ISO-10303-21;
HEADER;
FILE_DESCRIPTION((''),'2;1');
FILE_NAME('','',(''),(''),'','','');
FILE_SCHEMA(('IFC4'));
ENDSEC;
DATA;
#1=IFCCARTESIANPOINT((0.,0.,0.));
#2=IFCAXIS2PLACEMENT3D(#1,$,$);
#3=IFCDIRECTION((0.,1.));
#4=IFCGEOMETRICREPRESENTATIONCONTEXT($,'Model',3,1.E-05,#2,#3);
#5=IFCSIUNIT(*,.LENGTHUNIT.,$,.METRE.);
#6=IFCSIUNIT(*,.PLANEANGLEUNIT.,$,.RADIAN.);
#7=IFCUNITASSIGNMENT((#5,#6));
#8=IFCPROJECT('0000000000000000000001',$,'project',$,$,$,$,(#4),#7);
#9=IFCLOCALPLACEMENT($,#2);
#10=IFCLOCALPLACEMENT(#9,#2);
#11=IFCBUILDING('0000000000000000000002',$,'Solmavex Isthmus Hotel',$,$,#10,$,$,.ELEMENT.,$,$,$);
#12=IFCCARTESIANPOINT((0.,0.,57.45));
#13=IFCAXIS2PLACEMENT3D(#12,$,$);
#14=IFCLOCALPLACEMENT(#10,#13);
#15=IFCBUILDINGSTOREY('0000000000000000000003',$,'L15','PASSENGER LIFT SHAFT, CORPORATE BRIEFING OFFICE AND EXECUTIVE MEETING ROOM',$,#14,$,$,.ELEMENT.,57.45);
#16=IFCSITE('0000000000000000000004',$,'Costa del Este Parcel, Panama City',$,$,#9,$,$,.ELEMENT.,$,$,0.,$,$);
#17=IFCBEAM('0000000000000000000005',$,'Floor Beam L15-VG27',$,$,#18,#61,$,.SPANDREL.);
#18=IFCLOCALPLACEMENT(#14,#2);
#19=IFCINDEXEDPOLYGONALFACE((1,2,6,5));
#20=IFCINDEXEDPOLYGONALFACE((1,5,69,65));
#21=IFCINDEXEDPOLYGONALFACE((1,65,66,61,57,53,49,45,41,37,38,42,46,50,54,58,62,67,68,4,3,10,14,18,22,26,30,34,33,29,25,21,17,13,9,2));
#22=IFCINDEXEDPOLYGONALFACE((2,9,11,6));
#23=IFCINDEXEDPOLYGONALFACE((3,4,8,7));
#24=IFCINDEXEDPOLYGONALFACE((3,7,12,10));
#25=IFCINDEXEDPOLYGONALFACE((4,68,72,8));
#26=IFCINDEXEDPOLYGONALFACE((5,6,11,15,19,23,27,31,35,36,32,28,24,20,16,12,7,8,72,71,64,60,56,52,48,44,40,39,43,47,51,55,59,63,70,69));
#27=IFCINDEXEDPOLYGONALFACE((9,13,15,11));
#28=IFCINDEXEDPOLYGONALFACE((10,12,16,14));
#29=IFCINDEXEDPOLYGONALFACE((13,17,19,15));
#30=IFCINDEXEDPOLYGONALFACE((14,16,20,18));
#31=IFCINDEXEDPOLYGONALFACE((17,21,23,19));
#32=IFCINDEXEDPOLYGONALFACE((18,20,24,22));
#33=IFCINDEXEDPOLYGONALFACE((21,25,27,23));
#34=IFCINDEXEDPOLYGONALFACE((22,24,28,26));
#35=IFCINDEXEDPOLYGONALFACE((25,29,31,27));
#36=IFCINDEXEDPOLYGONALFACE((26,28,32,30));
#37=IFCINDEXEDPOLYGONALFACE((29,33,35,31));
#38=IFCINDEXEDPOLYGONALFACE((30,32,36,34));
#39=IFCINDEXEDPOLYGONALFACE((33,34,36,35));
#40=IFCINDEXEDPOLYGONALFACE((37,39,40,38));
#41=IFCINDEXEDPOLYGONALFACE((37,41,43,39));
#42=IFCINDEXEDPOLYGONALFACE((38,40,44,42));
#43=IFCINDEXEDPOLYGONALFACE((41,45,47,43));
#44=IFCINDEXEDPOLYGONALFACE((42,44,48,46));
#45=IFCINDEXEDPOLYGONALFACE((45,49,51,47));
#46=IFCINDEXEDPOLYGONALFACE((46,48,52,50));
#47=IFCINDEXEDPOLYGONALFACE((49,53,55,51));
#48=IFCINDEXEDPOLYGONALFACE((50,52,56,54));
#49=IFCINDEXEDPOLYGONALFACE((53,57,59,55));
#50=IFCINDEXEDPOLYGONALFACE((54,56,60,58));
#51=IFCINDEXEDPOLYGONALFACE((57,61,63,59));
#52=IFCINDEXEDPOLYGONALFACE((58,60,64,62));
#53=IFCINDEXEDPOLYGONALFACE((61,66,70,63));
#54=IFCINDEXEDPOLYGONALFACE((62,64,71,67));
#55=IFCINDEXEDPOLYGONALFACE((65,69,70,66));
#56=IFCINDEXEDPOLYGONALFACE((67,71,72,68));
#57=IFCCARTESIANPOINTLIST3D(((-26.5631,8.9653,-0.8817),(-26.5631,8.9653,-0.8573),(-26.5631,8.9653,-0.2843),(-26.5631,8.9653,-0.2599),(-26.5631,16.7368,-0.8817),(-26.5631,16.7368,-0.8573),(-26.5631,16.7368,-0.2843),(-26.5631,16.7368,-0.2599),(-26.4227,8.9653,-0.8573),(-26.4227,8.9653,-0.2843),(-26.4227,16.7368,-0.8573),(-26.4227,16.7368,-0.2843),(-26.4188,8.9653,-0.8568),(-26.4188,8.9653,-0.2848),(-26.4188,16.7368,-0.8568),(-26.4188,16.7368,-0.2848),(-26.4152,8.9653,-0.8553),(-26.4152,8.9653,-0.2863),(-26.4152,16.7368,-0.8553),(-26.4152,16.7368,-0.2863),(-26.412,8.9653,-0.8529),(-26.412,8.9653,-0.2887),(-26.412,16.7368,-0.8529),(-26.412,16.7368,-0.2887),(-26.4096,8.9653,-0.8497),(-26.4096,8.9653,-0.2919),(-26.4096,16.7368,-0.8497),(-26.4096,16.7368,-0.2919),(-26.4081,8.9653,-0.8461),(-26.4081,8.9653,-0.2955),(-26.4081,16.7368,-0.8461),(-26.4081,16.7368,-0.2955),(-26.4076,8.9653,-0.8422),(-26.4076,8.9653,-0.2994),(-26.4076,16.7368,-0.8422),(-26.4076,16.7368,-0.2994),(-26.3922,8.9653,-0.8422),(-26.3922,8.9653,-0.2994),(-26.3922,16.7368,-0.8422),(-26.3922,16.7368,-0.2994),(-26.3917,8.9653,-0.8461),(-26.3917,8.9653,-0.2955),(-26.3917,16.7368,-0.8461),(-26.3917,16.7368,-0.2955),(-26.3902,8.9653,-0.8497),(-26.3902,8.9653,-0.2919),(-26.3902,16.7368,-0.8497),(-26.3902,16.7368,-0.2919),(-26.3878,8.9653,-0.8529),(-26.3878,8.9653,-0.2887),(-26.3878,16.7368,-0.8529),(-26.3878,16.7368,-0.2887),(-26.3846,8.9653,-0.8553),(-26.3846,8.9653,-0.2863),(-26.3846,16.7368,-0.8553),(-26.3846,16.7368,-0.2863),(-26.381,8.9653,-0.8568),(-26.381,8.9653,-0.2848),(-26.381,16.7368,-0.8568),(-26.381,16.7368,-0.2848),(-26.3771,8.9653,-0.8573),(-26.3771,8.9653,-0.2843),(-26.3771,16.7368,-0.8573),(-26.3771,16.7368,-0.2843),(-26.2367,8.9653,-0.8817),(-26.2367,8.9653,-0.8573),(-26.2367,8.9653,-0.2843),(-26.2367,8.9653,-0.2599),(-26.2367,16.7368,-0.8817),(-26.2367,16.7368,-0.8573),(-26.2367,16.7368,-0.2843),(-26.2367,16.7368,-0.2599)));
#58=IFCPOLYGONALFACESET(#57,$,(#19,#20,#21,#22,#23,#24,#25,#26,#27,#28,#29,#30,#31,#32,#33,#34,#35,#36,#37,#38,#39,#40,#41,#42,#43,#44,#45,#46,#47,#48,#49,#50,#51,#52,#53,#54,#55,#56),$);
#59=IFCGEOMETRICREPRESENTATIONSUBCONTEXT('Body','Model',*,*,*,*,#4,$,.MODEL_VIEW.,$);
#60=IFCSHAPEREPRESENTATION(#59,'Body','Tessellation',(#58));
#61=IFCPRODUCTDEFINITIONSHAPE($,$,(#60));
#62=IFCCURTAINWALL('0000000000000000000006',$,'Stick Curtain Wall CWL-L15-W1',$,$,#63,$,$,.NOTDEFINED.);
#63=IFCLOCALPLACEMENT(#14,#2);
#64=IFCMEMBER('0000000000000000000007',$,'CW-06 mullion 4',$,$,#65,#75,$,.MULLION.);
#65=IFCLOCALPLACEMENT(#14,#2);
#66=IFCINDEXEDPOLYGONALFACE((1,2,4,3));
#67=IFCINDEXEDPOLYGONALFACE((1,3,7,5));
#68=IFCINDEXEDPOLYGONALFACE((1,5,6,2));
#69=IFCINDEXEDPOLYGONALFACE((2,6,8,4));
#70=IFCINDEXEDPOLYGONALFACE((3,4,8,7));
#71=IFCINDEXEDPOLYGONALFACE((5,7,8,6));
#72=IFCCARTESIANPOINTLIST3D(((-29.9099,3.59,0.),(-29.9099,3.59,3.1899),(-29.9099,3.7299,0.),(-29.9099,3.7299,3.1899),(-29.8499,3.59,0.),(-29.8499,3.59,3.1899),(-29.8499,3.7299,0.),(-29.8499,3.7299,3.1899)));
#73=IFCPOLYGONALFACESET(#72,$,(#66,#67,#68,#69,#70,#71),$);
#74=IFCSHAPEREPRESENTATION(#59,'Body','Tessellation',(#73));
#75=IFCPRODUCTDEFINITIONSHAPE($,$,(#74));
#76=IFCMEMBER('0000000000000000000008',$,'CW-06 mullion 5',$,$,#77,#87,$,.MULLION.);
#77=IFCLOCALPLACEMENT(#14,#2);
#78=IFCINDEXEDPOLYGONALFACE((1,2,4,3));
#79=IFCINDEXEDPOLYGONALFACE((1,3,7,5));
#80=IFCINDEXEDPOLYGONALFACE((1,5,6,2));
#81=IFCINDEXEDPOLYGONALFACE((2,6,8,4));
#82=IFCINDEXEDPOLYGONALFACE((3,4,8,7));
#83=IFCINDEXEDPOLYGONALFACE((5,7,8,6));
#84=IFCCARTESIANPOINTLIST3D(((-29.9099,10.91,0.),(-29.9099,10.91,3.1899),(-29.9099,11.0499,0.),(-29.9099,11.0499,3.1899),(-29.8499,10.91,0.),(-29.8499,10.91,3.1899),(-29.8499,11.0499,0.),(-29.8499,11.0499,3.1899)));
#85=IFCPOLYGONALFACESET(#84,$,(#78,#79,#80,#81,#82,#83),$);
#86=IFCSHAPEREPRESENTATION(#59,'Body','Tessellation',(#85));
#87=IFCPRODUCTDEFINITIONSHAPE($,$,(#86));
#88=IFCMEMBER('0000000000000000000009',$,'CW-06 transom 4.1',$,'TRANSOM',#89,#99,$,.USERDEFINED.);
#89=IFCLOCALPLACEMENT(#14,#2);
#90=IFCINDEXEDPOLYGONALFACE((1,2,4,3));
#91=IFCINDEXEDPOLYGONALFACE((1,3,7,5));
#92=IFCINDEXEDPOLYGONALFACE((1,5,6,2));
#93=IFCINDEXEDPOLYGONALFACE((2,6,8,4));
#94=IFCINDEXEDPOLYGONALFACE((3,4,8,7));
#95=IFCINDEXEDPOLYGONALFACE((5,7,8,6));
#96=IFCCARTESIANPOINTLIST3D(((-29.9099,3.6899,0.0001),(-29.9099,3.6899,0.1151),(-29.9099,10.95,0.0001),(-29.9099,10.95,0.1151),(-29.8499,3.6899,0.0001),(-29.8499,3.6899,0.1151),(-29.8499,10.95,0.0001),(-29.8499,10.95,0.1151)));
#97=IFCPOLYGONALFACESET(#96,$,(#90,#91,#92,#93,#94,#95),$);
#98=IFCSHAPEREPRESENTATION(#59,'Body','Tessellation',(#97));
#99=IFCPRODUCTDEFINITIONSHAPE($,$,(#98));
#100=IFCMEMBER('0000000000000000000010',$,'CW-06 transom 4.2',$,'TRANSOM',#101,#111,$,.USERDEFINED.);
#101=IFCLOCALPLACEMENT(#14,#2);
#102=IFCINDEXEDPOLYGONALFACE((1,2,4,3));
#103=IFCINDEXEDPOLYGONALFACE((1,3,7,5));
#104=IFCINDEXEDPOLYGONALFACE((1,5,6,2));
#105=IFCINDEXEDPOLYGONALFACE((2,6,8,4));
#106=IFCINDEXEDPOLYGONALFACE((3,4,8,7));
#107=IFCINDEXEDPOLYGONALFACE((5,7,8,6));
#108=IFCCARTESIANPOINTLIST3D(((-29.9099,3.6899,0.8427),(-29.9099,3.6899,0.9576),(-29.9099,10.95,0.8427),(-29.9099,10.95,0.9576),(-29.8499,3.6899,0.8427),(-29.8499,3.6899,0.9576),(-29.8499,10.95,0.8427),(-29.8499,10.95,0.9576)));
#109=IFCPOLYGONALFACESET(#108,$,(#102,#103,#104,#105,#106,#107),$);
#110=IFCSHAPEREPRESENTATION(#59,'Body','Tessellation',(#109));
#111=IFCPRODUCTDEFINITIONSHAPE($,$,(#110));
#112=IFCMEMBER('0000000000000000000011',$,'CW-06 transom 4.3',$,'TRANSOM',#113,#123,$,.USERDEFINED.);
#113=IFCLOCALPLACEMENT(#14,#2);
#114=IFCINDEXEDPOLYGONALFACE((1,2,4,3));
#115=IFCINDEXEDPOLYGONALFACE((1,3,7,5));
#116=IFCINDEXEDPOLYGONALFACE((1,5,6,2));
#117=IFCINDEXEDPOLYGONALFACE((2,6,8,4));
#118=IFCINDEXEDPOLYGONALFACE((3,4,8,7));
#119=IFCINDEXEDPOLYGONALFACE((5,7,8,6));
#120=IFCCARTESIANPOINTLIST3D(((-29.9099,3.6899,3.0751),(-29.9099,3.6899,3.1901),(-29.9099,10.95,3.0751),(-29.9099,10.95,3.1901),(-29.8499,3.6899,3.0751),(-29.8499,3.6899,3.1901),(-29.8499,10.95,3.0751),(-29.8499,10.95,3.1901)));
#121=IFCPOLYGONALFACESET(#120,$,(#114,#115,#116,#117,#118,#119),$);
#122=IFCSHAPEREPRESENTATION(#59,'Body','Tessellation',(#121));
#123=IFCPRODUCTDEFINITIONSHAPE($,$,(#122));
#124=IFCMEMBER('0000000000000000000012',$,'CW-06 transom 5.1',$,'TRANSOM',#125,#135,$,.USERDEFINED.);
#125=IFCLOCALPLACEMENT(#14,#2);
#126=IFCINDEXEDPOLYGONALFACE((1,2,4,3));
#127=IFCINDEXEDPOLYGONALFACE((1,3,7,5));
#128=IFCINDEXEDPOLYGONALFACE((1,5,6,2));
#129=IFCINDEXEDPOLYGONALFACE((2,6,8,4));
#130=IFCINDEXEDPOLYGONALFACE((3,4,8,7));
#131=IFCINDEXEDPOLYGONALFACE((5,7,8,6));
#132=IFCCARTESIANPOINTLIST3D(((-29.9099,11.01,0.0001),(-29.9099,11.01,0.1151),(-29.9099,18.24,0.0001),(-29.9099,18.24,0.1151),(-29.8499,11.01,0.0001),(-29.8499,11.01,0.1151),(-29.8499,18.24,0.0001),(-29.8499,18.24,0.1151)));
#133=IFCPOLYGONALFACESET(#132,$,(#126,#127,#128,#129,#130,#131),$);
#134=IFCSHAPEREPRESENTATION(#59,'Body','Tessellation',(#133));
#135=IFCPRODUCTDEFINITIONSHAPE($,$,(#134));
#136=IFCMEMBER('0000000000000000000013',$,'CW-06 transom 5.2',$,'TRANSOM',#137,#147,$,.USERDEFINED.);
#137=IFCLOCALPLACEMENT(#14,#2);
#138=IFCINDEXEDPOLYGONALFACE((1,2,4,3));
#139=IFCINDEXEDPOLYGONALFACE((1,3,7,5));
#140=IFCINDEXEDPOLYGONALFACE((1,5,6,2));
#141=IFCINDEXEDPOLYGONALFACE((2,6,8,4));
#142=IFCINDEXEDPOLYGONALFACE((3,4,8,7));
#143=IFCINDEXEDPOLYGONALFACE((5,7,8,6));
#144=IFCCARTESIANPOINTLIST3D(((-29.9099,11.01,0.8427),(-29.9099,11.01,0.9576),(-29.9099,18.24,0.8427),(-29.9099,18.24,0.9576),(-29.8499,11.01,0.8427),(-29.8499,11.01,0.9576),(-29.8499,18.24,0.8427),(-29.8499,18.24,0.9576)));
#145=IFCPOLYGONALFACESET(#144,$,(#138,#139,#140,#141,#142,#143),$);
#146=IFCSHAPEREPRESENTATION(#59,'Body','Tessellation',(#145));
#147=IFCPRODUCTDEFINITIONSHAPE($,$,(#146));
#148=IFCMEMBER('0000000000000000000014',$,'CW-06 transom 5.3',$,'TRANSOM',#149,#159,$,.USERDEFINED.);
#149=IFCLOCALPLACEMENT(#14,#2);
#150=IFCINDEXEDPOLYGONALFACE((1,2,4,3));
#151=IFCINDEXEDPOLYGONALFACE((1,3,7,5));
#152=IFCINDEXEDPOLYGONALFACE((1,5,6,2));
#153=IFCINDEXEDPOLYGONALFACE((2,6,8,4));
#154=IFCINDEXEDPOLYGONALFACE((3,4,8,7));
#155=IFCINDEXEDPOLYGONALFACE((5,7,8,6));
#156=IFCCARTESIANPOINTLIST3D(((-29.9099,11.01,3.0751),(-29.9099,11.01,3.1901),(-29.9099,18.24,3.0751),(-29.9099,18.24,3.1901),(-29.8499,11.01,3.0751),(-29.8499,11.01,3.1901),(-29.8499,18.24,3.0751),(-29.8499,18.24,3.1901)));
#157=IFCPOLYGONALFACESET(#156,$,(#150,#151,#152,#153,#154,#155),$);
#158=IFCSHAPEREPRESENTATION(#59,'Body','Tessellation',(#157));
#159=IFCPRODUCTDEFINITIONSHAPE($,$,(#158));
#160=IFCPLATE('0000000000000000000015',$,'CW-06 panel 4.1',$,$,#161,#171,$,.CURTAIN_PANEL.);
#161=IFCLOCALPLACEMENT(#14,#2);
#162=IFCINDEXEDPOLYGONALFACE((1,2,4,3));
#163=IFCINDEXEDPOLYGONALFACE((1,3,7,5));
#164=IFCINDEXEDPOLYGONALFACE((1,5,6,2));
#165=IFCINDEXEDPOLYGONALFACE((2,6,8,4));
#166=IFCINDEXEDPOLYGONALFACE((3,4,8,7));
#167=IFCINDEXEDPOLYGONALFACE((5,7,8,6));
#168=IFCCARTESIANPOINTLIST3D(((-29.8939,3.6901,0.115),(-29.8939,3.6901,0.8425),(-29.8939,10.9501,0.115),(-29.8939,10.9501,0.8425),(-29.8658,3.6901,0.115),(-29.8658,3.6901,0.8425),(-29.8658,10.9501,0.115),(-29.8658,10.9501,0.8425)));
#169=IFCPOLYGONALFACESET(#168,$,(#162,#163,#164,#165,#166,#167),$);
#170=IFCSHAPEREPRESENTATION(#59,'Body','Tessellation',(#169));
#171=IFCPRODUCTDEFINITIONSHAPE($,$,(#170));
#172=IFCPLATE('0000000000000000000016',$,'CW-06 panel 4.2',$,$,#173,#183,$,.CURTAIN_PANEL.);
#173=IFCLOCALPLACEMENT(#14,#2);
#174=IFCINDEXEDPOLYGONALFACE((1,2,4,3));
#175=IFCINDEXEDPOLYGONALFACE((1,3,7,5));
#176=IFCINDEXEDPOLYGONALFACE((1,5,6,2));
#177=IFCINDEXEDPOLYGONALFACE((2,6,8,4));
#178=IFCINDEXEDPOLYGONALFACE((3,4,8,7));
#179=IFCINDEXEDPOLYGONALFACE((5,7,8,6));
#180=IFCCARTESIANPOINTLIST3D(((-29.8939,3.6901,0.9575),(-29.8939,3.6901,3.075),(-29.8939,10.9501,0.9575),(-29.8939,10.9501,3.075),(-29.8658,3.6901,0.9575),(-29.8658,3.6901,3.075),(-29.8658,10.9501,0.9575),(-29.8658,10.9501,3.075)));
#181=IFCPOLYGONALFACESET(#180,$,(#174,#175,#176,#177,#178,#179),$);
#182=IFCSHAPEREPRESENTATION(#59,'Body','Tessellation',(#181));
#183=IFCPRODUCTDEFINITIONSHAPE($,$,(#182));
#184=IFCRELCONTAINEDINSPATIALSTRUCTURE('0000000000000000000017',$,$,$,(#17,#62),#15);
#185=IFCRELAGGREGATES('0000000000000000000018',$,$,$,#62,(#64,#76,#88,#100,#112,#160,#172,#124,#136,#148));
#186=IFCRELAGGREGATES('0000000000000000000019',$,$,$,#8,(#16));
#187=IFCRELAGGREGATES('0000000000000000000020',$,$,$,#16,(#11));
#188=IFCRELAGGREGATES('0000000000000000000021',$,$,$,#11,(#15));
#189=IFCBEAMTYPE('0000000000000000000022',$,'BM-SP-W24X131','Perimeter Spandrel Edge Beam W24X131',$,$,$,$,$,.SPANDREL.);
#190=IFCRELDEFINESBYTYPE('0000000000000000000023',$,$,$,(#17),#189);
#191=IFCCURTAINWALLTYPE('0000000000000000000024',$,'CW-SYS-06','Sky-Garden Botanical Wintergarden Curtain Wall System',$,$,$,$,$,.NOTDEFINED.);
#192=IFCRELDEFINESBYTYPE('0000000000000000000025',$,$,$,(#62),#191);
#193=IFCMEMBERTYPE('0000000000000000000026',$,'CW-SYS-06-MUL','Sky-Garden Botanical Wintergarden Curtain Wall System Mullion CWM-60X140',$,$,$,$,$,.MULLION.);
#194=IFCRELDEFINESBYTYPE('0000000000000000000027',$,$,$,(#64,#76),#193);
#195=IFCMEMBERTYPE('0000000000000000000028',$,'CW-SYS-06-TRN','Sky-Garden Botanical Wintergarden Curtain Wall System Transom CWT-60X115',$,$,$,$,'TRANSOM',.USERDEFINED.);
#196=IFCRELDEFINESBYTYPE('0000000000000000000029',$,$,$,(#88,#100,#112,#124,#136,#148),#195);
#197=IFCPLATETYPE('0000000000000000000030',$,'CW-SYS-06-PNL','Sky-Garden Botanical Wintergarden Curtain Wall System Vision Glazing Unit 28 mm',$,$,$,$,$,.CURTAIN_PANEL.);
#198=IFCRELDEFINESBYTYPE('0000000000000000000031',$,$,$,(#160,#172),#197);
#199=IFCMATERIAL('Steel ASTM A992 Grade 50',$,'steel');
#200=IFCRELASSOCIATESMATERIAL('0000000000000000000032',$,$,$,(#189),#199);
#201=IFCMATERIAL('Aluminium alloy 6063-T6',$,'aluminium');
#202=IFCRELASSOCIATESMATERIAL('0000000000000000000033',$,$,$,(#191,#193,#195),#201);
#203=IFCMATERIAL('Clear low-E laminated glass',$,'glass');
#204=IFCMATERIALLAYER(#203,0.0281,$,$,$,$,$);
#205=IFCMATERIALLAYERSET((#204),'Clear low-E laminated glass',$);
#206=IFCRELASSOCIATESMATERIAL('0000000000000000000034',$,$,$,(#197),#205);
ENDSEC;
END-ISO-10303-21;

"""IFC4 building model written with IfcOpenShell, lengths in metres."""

from ifc_helpers import new_model, si_unit, direction, frame, origin, origin_2d, place, context, subcontext, project, spatial, rectangle, i_section, extrude, material, layer, layer_set, material_profile, profile_set, type_object, element, aggregate, save


model = new_model("IFC4")

# Units and contexts
model_context = context("Model", 3, precision=1e-05, world=origin(), true_north=direction((0.0, 1.0)))
body_context = subcontext(model_context, "Body", "Model", "MODEL_VIEW")
ifc_project = project(units=[si_unit("LENGTHUNIT", "METRE"), si_unit("PLANEANGLEUNIT", "RADIAN")], contexts=[model_context])

# Site, building, storey
site_placement = place(None, origin())
site = spatial("IfcSite", under=ifc_project, at=site_placement, Name="Costa del Este Parcel, Panama City", CompositionType="ELEMENT", RefElevation=0.0)
building_placement = place(site_placement, origin())
building = spatial("IfcBuilding", under=site, at=building_placement, Name="Solmavex Isthmus Hotel", CompositionType="ELEMENT")
storey_placement = place(building_placement, frame((0.0, 0.0, 57.45)))
storey = spatial("IfcBuildingStorey", under=building, at=storey_placement, Name="L15", Description="PASSENGER LIFT SHAFT, CORPORATE BRIEFING OFFICE AND EXECUTIVE MEETING ROOM", CompositionType="ELEMENT", Elevation=57.45)

# Beam
ifc_material_1 = material(Name="Steel ASTM A992 Grade 50", Category="steel")
ifc_material_profile_1 = material_profile(ifc_material_1, i_section(OverallWidth=0.3264, OverallDepth=0.6218, WebThickness=0.0154, FlangeThickness=0.0244, FilletRadius=0.0151, at=origin_2d()), Name="W24X131")
ifc_profile_set_1 = profile_set([ifc_material_profile_1], Name="Steel ASTM A992 Grade 50")
beam_type_1 = type_object("IfcBeamType", Name="BM-SP-W24X131", Description="Perimeter Spandrel Edge Beam W24X131", PredefinedType="SPANDREL", material=ifc_profile_set_1)
beam_1_placement = place(storey_placement, frame((-26.3999, 8.9653, -0.5708), z_axis=(0.0, 1.0, 0.0), x_axis=(-1.0, 0.0, 0.0)))
element("IfcBeam", 1, at=beam_1_placement, inside=storey, type_object=beam_type_1, Name="Floor Beam L15-VG27", PredefinedType="SPANDREL", context=body_context, shape_type="SweptSolid", body=[
    extrude(i_section(OverallWidth=0.3264, OverallDepth=0.6218, WebThickness=0.0154, FlangeThickness=0.0244, FilletRadius=0.0151, at=origin_2d()), origin(), (0.0, 0.0, 1.0), 7.7715),
])

# Curtain wall, members, plates
ifc_material_2 = material(Name="Aluminium alloy 6063-T6", Category="aluminium")
curtain_wall_type = type_object("IfcCurtainWallType", Name="CW-SYS-06", Description="Sky-Garden Botanical Wintergarden Curtain Wall System", PredefinedType="NOTDEFINED", material=ifc_material_2)
curtain_wall_placement = place(storey_placement, origin())
curtain_wall = element("IfcCurtainWall", 2, at=curtain_wall_placement, inside=storey, type_object=curtain_wall_type, Name="Stick Curtain Wall CWL-L15-W1", PredefinedType="NOTDEFINED")
ifc_material_profile_2 = material_profile(ifc_material_2, rectangle(XDim=0.0601, YDim=0.1399, at=origin_2d()), Name="CWM-60X140")
ifc_profile_set_2 = profile_set([ifc_material_profile_2], Name="Aluminium alloy 6063-T6")
member_type_1 = type_object("IfcMemberType", Name="CW-SYS-06-MUL", Description="Sky-Garden Botanical Wintergarden Curtain Wall System Mullion CWM-60X140", PredefinedType="MULLION", material=ifc_profile_set_2)
member_1_placement = place(storey_placement, frame((-29.8799, 3.6599, 0.0), z_axis=(0.0, 0.0, 1.0), x_axis=(-1.0, 0.0, 0.0)))
member_1 = element("IfcMember", 3, at=member_1_placement, type_object=member_type_1, Name="CW-06 mullion 4", PredefinedType="MULLION", context=body_context, shape_type="SweptSolid", body=[
    extrude(rectangle(XDim=0.0601, YDim=0.1399, at=origin_2d()), origin(), (0.0, 0.0, 1.0), 3.1899),
])
member_2_placement = place(storey_placement, frame((-29.8799, 10.98, 0.0), z_axis=(0.0, 0.0, 1.0), x_axis=(-1.0, 0.0, 0.0)))
member_2 = element("IfcMember", 4, at=member_2_placement, type_object=member_type_1, Name="CW-06 mullion 5", PredefinedType="MULLION", context=body_context, shape_type="SweptSolid", body=[
    extrude(rectangle(XDim=0.0601, YDim=0.1399, at=origin_2d()), origin(), (0.0, 0.0, 1.0), 3.1899),
])
ifc_material_profile_3 = material_profile(ifc_material_2, rectangle(XDim=0.0601, YDim=0.115, at=origin_2d()), Name="CWT-60X115")
ifc_profile_set_3 = profile_set([ifc_material_profile_3], Name="Aluminium alloy 6063-T6")
member_type_2 = type_object("IfcMemberType", Name="CW-SYS-06-TRN", Description="Sky-Garden Botanical Wintergarden Curtain Wall System Transom CWT-60X115", ElementType="TRANSOM", PredefinedType="USERDEFINED", material=ifc_profile_set_3)
member_3_placement = place(storey_placement, frame((-29.8799, 3.6899, 0.0576), z_axis=(0.0, 1.0, 0.0), x_axis=(-1.0, 0.0, 0.0)))
member_3 = element("IfcMember", 5, at=member_3_placement, type_object=member_type_2, Name="CW-06 transom 4.1", ObjectType="TRANSOM", PredefinedType="USERDEFINED", context=body_context, shape_type="SweptSolid", body=[
    extrude(rectangle(XDim=0.0601, YDim=0.115, at=origin_2d()), origin(), (0.0, 0.0, 1.0), 7.26),
])
member_4_placement = place(storey_placement, frame((-29.8799, 3.6899, 0.9001), z_axis=(0.0, 1.0, 0.0), x_axis=(-1.0, 0.0, 0.0)))
member_4 = element("IfcMember", 6, at=member_4_placement, type_object=member_type_2, Name="CW-06 transom 4.2", ObjectType="TRANSOM", PredefinedType="USERDEFINED", context=body_context, shape_type="SweptSolid", body=[
    extrude(rectangle(XDim=0.0601, YDim=0.115, at=origin_2d()), origin(), (0.0, 0.0, 1.0), 7.26),
])
member_5_placement = place(storey_placement, frame((-29.8799, 3.6899, 3.1326), z_axis=(0.0, 1.0, 0.0), x_axis=(-1.0, 0.0, 0.0)))
member_5 = element("IfcMember", 7, at=member_5_placement, type_object=member_type_2, Name="CW-06 transom 4.3", ObjectType="TRANSOM", PredefinedType="USERDEFINED", context=body_context, shape_type="SweptSolid", body=[
    extrude(rectangle(XDim=0.0601, YDim=0.115, at=origin_2d()), origin(), (0.0, 0.0, 1.0), 7.26),
])
member_6_placement = place(storey_placement, frame((-29.8799, 11.01, 0.0576), z_axis=(0.0, 1.0, 0.0), x_axis=(-1.0, 0.0, 0.0)))
member_6 = element("IfcMember", 8, at=member_6_placement, type_object=member_type_2, Name="CW-06 transom 5.1", ObjectType="TRANSOM", PredefinedType="USERDEFINED", context=body_context, shape_type="SweptSolid", body=[
    extrude(rectangle(XDim=0.0601, YDim=0.115, at=origin_2d()), origin(), (0.0, 0.0, 1.0), 7.23),
])
member_7_placement = place(storey_placement, frame((-29.8799, 11.01, 0.9001), z_axis=(0.0, 1.0, 0.0), x_axis=(-1.0, 0.0, 0.0)))
member_7 = element("IfcMember", 9, at=member_7_placement, type_object=member_type_2, Name="CW-06 transom 5.2", ObjectType="TRANSOM", PredefinedType="USERDEFINED", context=body_context, shape_type="SweptSolid", body=[
    extrude(rectangle(XDim=0.0601, YDim=0.115, at=origin_2d()), origin(), (0.0, 0.0, 1.0), 7.23),
])
member_8_placement = place(storey_placement, frame((-29.8799, 11.01, 3.1326), z_axis=(0.0, 1.0, 0.0), x_axis=(-1.0, 0.0, 0.0)))
member_8 = element("IfcMember", 10, at=member_8_placement, type_object=member_type_2, Name="CW-06 transom 5.3", ObjectType="TRANSOM", PredefinedType="USERDEFINED", context=body_context, shape_type="SweptSolid", body=[
    extrude(rectangle(XDim=0.0601, YDim=0.115, at=origin_2d()), origin(), (0.0, 0.0, 1.0), 7.23),
])
ifc_material_3 = material(Name="Clear low-E laminated glass", Category="glass")
ifc_layer_1 = layer(ifc_material_3, 0.0281)
ifc_layer_set_1 = layer_set([ifc_layer_1], Name="Clear low-E laminated glass")
plate_type = type_object("IfcPlateType", Name="CW-SYS-06-PNL", Description="Sky-Garden Botanical Wintergarden Curtain Wall System Vision Glazing Unit 28 mm", PredefinedType="CURTAIN_PANEL", material=ifc_layer_set_1)
plate_1_placement = place(storey_placement, frame((-29.8799, 7.3201, 0.115), z_axis=(0.0, 0.0, 1.0), x_axis=(0.0, 1.0, 0.0)))
plate_1 = element("IfcPlate", 11, at=plate_1_placement, type_object=plate_type, Name="CW-06 panel 4.1", PredefinedType="CURTAIN_PANEL", context=body_context, shape_type="SweptSolid", body=[
    extrude(rectangle(XDim=7.26, YDim=0.0281, at=origin_2d()), origin(), (0.0, 0.0, 1.0), 0.7275),
])
plate_2_placement = place(storey_placement, frame((-29.8799, 7.3201, 0.9575), z_axis=(0.0, 0.0, 1.0), x_axis=(0.0, 1.0, 0.0)))
plate_2 = element("IfcPlate", 12, at=plate_2_placement, type_object=plate_type, Name="CW-06 panel 4.2", PredefinedType="CURTAIN_PANEL", context=body_context, shape_type="SweptSolid", body=[
    extrude(rectangle(XDim=7.26, YDim=0.0281, at=origin_2d()), origin(), (0.0, 0.0, 1.0), 2.1174),
])
aggregate(curtain_wall, [member_1, member_2, member_3, member_4, member_5, plate_1, plate_2, member_6, member_7, member_8])

save(model, "model.ifc")
